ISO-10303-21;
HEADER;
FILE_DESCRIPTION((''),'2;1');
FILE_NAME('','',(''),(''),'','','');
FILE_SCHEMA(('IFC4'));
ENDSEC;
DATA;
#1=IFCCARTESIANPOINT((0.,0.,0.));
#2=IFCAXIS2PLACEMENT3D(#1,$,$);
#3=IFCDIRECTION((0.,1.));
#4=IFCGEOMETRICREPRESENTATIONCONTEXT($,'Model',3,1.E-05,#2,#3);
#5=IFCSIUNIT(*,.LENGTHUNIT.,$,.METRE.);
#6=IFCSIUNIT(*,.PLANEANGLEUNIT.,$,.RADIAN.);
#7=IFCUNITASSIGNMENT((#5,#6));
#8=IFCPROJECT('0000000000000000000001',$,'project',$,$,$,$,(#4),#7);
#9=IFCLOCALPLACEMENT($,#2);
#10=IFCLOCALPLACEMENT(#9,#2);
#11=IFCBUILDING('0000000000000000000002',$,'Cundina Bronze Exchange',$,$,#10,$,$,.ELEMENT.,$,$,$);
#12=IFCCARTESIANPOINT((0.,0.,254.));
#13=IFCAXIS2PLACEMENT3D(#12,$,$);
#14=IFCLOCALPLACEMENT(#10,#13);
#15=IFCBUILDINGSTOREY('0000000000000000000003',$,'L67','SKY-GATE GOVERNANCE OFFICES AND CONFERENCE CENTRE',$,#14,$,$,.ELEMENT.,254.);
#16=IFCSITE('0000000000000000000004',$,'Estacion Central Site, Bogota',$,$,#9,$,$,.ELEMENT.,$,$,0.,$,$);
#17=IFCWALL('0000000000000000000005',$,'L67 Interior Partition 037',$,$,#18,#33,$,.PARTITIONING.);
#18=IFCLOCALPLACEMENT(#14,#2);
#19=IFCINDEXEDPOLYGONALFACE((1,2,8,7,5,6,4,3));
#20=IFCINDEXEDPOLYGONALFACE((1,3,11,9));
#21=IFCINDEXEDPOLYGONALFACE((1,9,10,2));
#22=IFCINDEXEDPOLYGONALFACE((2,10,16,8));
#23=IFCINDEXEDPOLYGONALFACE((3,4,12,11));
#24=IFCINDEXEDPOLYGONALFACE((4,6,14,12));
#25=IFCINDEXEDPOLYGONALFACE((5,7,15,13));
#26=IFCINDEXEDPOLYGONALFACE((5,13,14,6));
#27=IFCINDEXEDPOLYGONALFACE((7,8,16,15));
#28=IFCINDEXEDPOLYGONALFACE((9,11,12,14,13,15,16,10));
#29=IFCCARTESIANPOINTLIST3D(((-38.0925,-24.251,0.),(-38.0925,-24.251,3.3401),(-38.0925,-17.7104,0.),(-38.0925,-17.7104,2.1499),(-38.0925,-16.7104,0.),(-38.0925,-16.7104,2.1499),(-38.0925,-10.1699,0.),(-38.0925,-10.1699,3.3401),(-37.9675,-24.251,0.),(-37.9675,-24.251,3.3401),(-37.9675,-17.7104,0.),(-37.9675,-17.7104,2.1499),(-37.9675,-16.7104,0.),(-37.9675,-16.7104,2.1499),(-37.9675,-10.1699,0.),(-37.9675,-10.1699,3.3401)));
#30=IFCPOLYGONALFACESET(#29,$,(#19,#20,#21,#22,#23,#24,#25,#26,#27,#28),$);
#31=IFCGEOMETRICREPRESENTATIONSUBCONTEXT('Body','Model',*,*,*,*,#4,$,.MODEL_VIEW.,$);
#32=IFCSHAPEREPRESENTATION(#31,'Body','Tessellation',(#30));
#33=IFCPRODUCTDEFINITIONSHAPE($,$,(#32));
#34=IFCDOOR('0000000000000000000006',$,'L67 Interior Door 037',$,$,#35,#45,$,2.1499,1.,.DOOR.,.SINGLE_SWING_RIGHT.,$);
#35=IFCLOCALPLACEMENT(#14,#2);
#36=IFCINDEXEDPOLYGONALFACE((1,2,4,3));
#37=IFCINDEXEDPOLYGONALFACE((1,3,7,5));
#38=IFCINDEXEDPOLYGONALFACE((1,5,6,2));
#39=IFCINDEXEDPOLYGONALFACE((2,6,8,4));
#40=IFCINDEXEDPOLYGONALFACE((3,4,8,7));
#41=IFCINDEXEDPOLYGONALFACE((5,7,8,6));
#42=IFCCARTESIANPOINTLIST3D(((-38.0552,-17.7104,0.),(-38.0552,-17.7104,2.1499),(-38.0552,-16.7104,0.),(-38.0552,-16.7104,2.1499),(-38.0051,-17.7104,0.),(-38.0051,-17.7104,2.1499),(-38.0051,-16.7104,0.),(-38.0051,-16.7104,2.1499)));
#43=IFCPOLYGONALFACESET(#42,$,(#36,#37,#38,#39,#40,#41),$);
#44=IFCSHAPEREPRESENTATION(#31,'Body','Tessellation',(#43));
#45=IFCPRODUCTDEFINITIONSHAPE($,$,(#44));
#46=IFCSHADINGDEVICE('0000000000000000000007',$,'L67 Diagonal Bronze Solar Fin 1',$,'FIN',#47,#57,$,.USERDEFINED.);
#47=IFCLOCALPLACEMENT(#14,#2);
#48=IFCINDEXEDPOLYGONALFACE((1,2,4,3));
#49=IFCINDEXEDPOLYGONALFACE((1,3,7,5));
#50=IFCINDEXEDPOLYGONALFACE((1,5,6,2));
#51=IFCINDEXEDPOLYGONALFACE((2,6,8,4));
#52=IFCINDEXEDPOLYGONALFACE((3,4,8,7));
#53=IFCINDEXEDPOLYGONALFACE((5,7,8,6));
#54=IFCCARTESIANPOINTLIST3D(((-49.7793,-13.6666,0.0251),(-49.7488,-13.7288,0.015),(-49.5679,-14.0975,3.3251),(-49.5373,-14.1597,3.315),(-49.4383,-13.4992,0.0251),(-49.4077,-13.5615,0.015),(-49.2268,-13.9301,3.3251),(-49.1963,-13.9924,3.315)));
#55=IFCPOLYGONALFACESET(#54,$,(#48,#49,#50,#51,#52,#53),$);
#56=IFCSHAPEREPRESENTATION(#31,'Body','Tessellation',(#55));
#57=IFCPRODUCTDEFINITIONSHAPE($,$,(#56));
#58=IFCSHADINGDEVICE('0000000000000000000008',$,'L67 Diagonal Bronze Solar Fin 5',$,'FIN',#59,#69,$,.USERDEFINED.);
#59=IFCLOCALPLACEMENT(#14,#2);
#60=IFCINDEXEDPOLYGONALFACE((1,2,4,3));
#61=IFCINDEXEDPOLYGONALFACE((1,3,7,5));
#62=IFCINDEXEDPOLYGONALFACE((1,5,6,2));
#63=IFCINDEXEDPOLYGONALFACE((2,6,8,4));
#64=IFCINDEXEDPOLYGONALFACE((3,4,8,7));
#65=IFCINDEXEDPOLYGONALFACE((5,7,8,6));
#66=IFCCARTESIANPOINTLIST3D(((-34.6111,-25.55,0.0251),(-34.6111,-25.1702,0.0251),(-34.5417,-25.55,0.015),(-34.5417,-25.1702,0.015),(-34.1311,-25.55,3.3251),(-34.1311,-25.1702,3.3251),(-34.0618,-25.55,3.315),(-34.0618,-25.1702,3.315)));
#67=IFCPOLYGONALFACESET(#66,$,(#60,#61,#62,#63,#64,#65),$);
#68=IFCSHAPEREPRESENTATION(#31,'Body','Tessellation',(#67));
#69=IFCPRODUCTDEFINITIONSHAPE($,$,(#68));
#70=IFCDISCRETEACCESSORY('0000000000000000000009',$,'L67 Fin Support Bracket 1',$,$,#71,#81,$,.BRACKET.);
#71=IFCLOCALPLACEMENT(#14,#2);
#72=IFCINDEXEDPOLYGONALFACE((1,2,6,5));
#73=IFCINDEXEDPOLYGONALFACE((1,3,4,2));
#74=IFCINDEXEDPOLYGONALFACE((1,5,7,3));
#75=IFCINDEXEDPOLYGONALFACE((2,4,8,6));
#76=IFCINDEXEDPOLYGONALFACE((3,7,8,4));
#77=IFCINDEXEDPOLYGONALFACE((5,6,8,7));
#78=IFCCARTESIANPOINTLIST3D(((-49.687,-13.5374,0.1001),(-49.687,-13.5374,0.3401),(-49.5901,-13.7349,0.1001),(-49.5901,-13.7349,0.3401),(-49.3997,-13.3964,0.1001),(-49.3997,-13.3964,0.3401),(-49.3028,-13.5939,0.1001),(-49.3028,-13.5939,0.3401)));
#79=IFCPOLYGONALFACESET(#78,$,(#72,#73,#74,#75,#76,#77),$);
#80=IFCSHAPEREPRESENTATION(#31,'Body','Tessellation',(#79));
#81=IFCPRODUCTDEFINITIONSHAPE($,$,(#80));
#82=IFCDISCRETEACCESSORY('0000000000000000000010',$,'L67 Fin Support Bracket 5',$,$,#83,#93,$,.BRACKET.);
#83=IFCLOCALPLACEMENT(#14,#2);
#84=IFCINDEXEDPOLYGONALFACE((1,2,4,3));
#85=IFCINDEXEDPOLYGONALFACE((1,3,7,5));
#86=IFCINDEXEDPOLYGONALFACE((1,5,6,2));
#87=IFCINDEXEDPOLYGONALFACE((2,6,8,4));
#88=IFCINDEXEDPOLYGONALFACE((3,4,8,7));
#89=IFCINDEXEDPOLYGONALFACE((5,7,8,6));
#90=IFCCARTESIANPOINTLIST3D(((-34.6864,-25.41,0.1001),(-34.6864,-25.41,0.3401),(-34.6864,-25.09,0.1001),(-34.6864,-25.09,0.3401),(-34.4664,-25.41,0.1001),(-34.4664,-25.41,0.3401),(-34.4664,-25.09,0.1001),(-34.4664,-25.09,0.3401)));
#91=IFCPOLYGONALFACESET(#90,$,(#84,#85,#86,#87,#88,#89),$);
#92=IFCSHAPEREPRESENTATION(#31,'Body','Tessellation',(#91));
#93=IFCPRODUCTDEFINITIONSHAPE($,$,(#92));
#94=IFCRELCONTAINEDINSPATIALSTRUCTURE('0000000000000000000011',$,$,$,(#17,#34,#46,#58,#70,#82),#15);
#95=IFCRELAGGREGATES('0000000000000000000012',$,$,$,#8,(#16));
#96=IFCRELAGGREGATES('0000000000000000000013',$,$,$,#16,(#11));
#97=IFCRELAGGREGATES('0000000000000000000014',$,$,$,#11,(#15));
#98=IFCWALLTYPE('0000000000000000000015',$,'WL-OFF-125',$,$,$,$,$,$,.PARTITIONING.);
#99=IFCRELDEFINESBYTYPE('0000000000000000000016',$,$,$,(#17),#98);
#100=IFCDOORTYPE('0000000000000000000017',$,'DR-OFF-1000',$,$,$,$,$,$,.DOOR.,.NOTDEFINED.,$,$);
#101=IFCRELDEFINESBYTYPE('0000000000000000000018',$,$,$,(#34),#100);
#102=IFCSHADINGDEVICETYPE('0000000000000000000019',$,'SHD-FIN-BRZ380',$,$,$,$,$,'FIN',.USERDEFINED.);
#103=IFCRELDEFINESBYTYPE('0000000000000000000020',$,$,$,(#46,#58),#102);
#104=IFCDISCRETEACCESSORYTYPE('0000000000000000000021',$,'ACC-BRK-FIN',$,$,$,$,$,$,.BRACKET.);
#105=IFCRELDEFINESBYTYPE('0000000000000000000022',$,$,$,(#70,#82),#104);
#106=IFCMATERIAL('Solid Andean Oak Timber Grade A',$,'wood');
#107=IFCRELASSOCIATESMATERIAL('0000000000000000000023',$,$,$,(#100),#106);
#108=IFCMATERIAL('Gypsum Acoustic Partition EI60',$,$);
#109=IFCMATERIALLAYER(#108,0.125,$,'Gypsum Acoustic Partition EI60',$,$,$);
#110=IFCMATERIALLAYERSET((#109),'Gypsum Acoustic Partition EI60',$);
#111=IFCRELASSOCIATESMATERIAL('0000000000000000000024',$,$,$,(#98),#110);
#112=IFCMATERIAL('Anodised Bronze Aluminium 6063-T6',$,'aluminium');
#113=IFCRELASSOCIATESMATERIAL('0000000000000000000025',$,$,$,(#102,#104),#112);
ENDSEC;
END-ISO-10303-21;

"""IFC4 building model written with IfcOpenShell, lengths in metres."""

from ifc_helpers import new_model, si_unit, direction, frame, frame_2d, origin, origin_2d, place, context, subcontext, project, spatial, rectangle, extrude, material, layer, layer_set, material_profile, profile_set, type_object, element, fill, save


model = new_model("IFC4")

# Units and contexts
model_context = context("Model", 3, precision=1e-05, world=origin(), true_north=direction((0.0, 1.0)))
body_context = subcontext(model_context, "Body", "Model", "MODEL_VIEW")
ifc_project = project(units=[si_unit("LENGTHUNIT", "METRE"), si_unit("PLANEANGLEUNIT", "RADIAN")], contexts=[model_context])

# Site, building, storey
site_placement = place(None, origin())
site = spatial("IfcSite", under=ifc_project, at=site_placement, Name="Estacion Central Site, Bogota", CompositionType="ELEMENT", RefElevation=0.0)
building_placement = place(site_placement, origin())
building = spatial("IfcBuilding", under=site, at=building_placement, Name="Cundina Bronze Exchange", CompositionType="ELEMENT")
storey_placement = place(building_placement, frame((0.0, 0.0, 254.0)))
storey = spatial("IfcBuildingStorey", under=building, at=storey_placement, Name="L67", Description="SKY-GATE GOVERNANCE OFFICES AND CONFERENCE CENTRE", CompositionType="ELEMENT", Elevation=254.0)

# Shared definitions
ifc_material_1 = material(Name="Anodised Bronze Aluminium 6063-T6", Category="aluminium")

# Shared definitions
ifc_material_2 = material(Name="Solid Andean Oak Timber Grade A", Category="wood")
door_type = type_object("IfcDoorType", Name="DR-OFF-1000", OperationType="NOTDEFINED", PredefinedType="DOOR", material=ifc_material_2)

# Wall, opening, door
ifc_material_3 = material(Name="Gypsum Acoustic Partition EI60")
ifc_layer_1 = layer(ifc_material_3, 0.125, Name="Gypsum Acoustic Partition EI60")
ifc_layer_set_1 = layer_set([ifc_layer_1], Name="Gypsum Acoustic Partition EI60")
wall_type_1 = type_object("IfcWallType", Name="WL-OFF-125", PredefinedType="PARTITIONING", material=ifc_layer_set_1)
wall_1_placement = place(storey_placement, frame((-38.03, -10.1699, 0.0), z_axis=(0.0, 0.0, 1.0), x_axis=(0.0, -1.0, 0.0)))
wall_1 = element("IfcWall", 1, at=wall_1_placement, inside=storey, type_object=wall_type_1, Name="L67 Interior Partition 037", PredefinedType="PARTITIONING", context=body_context, shape_type="SweptSolid", body=[
    extrude(rectangle(XDim=14.0811, YDim=0.125, at=frame_2d((7.0405, 0.0))), origin(), (0.0, 0.0, 1.0), 3.3401),
])
opening_1_placement = place(wall_1_placement, frame((6.5405, 0.0, 0.0)))
opening_1 = element("IfcOpeningElement", 2, at=opening_1_placement, cuts=wall_1, PredefinedType="OPENING", context=body_context, shape_type="SweptSolid", body=[
    extrude(rectangle(XDim=1.0, YDim=2.1499, at=frame_2d((0.5, 1.075))), frame((0.0, 0.0725, 0.0), z_axis=(0.0, -1.0, 0.0), x_axis=(1.0, 0.0, 0.0)), (0.0, 0.0, 1.0), 0.145),
])
door_1_placement = place(opening_1_placement, origin())
door_1 = element("IfcDoor", 3, at=door_1_placement, inside=storey, type_object=door_type, Name="L67 Interior Door 037", OperationType="SINGLE_SWING_RIGHT", OverallHeight=2.1499, OverallWidth=1.0, PredefinedType="DOOR", context=body_context, shape_type="SweptSolid", body=[
    extrude(rectangle(XDim=1.0, YDim=2.1499, at=frame_2d((0.5, 1.075))), frame((0.0, 0.0249, 0.0), z_axis=(0.0, -1.0, 0.0), x_axis=(1.0, 0.0, 0.0)), (0.0, 0.0, 1.0), 0.05),
])
fill(opening_1, door_1)

# Shading devices
ifc_material_profile_1 = material_profile(ifc_material_1, rectangle(XDim=0.0701, YDim=0.3799, at=origin_2d()), Name="FIN70X380", Category="aluminium")
ifc_profile_set_1 = profile_set([ifc_material_profile_1], Name="Anodised Bronze Aluminium 6063-T6")
shading_device_type = type_object("IfcShadingDeviceType", Name="SHD-FIN-BRZ380", ElementType="FIN", PredefinedType="USERDEFINED", material=ifc_profile_set_1)
for number, where, z_axis, x_axis, name in (
    (4, (-49.5935, -13.614, 0.02), (0.0634, -0.129217, 0.989588), (-0.4359, 0.888411, 0.143932), "L67 Diagonal Bronze Solar Fin 1"),
    (5, (-34.5764, -25.3601, 0.02), (0.143932, 0.0, 0.989588), (-0.989588, 0.0, 0.143932), "L67 Diagonal Bronze Solar Fin 5"),
):
    element("IfcShadingDevice", number, at=place(storey_placement, frame(where, z_axis=z_axis, x_axis=x_axis)), inside=storey, type_object=shading_device_type, Name=name, ObjectType="FIN", PredefinedType="USERDEFINED", context=body_context, shape_type="SweptSolid", body=[
        extrude(rectangle(XDim=0.0701, YDim=0.3799, at=origin_2d()), origin(), (0.0, 0.0, 1.0), 3.3347),
    ])

# Discrete accessories
discrete_accessory_type = type_object("IfcDiscreteAccessoryType", Name="ACC-BRK-FIN", PredefinedType="BRACKET", material=ifc_material_1)
for number, where, z_axis, x_axis, name in (
    (6, (-49.4949, -13.5657, 0.1001), (0.0, 0.0, 1.0), (0.440503, -0.897751, 0.0), "L67 Fin Support Bracket 1"),
    (7, (-34.5764, -25.25, 0.1001), (0.0, 0.0, 1.0), (1.0, 0.0, 0.0), "L67 Fin Support Bracket 5"),
):
    element("IfcDiscreteAccessory", number, at=place(storey_placement, frame(where, z_axis=z_axis, x_axis=x_axis)), inside=storey, type_object=discrete_accessory_type, Name=name, PredefinedType="BRACKET", context=body_context, shape_type="SweptSolid", body=[
        extrude(rectangle(XDim=0.22, YDim=0.3201, at=origin_2d()), origin(), (0.0, 0.0, 1.0), 0.24),
    ])

save(model, "model.ifc")
